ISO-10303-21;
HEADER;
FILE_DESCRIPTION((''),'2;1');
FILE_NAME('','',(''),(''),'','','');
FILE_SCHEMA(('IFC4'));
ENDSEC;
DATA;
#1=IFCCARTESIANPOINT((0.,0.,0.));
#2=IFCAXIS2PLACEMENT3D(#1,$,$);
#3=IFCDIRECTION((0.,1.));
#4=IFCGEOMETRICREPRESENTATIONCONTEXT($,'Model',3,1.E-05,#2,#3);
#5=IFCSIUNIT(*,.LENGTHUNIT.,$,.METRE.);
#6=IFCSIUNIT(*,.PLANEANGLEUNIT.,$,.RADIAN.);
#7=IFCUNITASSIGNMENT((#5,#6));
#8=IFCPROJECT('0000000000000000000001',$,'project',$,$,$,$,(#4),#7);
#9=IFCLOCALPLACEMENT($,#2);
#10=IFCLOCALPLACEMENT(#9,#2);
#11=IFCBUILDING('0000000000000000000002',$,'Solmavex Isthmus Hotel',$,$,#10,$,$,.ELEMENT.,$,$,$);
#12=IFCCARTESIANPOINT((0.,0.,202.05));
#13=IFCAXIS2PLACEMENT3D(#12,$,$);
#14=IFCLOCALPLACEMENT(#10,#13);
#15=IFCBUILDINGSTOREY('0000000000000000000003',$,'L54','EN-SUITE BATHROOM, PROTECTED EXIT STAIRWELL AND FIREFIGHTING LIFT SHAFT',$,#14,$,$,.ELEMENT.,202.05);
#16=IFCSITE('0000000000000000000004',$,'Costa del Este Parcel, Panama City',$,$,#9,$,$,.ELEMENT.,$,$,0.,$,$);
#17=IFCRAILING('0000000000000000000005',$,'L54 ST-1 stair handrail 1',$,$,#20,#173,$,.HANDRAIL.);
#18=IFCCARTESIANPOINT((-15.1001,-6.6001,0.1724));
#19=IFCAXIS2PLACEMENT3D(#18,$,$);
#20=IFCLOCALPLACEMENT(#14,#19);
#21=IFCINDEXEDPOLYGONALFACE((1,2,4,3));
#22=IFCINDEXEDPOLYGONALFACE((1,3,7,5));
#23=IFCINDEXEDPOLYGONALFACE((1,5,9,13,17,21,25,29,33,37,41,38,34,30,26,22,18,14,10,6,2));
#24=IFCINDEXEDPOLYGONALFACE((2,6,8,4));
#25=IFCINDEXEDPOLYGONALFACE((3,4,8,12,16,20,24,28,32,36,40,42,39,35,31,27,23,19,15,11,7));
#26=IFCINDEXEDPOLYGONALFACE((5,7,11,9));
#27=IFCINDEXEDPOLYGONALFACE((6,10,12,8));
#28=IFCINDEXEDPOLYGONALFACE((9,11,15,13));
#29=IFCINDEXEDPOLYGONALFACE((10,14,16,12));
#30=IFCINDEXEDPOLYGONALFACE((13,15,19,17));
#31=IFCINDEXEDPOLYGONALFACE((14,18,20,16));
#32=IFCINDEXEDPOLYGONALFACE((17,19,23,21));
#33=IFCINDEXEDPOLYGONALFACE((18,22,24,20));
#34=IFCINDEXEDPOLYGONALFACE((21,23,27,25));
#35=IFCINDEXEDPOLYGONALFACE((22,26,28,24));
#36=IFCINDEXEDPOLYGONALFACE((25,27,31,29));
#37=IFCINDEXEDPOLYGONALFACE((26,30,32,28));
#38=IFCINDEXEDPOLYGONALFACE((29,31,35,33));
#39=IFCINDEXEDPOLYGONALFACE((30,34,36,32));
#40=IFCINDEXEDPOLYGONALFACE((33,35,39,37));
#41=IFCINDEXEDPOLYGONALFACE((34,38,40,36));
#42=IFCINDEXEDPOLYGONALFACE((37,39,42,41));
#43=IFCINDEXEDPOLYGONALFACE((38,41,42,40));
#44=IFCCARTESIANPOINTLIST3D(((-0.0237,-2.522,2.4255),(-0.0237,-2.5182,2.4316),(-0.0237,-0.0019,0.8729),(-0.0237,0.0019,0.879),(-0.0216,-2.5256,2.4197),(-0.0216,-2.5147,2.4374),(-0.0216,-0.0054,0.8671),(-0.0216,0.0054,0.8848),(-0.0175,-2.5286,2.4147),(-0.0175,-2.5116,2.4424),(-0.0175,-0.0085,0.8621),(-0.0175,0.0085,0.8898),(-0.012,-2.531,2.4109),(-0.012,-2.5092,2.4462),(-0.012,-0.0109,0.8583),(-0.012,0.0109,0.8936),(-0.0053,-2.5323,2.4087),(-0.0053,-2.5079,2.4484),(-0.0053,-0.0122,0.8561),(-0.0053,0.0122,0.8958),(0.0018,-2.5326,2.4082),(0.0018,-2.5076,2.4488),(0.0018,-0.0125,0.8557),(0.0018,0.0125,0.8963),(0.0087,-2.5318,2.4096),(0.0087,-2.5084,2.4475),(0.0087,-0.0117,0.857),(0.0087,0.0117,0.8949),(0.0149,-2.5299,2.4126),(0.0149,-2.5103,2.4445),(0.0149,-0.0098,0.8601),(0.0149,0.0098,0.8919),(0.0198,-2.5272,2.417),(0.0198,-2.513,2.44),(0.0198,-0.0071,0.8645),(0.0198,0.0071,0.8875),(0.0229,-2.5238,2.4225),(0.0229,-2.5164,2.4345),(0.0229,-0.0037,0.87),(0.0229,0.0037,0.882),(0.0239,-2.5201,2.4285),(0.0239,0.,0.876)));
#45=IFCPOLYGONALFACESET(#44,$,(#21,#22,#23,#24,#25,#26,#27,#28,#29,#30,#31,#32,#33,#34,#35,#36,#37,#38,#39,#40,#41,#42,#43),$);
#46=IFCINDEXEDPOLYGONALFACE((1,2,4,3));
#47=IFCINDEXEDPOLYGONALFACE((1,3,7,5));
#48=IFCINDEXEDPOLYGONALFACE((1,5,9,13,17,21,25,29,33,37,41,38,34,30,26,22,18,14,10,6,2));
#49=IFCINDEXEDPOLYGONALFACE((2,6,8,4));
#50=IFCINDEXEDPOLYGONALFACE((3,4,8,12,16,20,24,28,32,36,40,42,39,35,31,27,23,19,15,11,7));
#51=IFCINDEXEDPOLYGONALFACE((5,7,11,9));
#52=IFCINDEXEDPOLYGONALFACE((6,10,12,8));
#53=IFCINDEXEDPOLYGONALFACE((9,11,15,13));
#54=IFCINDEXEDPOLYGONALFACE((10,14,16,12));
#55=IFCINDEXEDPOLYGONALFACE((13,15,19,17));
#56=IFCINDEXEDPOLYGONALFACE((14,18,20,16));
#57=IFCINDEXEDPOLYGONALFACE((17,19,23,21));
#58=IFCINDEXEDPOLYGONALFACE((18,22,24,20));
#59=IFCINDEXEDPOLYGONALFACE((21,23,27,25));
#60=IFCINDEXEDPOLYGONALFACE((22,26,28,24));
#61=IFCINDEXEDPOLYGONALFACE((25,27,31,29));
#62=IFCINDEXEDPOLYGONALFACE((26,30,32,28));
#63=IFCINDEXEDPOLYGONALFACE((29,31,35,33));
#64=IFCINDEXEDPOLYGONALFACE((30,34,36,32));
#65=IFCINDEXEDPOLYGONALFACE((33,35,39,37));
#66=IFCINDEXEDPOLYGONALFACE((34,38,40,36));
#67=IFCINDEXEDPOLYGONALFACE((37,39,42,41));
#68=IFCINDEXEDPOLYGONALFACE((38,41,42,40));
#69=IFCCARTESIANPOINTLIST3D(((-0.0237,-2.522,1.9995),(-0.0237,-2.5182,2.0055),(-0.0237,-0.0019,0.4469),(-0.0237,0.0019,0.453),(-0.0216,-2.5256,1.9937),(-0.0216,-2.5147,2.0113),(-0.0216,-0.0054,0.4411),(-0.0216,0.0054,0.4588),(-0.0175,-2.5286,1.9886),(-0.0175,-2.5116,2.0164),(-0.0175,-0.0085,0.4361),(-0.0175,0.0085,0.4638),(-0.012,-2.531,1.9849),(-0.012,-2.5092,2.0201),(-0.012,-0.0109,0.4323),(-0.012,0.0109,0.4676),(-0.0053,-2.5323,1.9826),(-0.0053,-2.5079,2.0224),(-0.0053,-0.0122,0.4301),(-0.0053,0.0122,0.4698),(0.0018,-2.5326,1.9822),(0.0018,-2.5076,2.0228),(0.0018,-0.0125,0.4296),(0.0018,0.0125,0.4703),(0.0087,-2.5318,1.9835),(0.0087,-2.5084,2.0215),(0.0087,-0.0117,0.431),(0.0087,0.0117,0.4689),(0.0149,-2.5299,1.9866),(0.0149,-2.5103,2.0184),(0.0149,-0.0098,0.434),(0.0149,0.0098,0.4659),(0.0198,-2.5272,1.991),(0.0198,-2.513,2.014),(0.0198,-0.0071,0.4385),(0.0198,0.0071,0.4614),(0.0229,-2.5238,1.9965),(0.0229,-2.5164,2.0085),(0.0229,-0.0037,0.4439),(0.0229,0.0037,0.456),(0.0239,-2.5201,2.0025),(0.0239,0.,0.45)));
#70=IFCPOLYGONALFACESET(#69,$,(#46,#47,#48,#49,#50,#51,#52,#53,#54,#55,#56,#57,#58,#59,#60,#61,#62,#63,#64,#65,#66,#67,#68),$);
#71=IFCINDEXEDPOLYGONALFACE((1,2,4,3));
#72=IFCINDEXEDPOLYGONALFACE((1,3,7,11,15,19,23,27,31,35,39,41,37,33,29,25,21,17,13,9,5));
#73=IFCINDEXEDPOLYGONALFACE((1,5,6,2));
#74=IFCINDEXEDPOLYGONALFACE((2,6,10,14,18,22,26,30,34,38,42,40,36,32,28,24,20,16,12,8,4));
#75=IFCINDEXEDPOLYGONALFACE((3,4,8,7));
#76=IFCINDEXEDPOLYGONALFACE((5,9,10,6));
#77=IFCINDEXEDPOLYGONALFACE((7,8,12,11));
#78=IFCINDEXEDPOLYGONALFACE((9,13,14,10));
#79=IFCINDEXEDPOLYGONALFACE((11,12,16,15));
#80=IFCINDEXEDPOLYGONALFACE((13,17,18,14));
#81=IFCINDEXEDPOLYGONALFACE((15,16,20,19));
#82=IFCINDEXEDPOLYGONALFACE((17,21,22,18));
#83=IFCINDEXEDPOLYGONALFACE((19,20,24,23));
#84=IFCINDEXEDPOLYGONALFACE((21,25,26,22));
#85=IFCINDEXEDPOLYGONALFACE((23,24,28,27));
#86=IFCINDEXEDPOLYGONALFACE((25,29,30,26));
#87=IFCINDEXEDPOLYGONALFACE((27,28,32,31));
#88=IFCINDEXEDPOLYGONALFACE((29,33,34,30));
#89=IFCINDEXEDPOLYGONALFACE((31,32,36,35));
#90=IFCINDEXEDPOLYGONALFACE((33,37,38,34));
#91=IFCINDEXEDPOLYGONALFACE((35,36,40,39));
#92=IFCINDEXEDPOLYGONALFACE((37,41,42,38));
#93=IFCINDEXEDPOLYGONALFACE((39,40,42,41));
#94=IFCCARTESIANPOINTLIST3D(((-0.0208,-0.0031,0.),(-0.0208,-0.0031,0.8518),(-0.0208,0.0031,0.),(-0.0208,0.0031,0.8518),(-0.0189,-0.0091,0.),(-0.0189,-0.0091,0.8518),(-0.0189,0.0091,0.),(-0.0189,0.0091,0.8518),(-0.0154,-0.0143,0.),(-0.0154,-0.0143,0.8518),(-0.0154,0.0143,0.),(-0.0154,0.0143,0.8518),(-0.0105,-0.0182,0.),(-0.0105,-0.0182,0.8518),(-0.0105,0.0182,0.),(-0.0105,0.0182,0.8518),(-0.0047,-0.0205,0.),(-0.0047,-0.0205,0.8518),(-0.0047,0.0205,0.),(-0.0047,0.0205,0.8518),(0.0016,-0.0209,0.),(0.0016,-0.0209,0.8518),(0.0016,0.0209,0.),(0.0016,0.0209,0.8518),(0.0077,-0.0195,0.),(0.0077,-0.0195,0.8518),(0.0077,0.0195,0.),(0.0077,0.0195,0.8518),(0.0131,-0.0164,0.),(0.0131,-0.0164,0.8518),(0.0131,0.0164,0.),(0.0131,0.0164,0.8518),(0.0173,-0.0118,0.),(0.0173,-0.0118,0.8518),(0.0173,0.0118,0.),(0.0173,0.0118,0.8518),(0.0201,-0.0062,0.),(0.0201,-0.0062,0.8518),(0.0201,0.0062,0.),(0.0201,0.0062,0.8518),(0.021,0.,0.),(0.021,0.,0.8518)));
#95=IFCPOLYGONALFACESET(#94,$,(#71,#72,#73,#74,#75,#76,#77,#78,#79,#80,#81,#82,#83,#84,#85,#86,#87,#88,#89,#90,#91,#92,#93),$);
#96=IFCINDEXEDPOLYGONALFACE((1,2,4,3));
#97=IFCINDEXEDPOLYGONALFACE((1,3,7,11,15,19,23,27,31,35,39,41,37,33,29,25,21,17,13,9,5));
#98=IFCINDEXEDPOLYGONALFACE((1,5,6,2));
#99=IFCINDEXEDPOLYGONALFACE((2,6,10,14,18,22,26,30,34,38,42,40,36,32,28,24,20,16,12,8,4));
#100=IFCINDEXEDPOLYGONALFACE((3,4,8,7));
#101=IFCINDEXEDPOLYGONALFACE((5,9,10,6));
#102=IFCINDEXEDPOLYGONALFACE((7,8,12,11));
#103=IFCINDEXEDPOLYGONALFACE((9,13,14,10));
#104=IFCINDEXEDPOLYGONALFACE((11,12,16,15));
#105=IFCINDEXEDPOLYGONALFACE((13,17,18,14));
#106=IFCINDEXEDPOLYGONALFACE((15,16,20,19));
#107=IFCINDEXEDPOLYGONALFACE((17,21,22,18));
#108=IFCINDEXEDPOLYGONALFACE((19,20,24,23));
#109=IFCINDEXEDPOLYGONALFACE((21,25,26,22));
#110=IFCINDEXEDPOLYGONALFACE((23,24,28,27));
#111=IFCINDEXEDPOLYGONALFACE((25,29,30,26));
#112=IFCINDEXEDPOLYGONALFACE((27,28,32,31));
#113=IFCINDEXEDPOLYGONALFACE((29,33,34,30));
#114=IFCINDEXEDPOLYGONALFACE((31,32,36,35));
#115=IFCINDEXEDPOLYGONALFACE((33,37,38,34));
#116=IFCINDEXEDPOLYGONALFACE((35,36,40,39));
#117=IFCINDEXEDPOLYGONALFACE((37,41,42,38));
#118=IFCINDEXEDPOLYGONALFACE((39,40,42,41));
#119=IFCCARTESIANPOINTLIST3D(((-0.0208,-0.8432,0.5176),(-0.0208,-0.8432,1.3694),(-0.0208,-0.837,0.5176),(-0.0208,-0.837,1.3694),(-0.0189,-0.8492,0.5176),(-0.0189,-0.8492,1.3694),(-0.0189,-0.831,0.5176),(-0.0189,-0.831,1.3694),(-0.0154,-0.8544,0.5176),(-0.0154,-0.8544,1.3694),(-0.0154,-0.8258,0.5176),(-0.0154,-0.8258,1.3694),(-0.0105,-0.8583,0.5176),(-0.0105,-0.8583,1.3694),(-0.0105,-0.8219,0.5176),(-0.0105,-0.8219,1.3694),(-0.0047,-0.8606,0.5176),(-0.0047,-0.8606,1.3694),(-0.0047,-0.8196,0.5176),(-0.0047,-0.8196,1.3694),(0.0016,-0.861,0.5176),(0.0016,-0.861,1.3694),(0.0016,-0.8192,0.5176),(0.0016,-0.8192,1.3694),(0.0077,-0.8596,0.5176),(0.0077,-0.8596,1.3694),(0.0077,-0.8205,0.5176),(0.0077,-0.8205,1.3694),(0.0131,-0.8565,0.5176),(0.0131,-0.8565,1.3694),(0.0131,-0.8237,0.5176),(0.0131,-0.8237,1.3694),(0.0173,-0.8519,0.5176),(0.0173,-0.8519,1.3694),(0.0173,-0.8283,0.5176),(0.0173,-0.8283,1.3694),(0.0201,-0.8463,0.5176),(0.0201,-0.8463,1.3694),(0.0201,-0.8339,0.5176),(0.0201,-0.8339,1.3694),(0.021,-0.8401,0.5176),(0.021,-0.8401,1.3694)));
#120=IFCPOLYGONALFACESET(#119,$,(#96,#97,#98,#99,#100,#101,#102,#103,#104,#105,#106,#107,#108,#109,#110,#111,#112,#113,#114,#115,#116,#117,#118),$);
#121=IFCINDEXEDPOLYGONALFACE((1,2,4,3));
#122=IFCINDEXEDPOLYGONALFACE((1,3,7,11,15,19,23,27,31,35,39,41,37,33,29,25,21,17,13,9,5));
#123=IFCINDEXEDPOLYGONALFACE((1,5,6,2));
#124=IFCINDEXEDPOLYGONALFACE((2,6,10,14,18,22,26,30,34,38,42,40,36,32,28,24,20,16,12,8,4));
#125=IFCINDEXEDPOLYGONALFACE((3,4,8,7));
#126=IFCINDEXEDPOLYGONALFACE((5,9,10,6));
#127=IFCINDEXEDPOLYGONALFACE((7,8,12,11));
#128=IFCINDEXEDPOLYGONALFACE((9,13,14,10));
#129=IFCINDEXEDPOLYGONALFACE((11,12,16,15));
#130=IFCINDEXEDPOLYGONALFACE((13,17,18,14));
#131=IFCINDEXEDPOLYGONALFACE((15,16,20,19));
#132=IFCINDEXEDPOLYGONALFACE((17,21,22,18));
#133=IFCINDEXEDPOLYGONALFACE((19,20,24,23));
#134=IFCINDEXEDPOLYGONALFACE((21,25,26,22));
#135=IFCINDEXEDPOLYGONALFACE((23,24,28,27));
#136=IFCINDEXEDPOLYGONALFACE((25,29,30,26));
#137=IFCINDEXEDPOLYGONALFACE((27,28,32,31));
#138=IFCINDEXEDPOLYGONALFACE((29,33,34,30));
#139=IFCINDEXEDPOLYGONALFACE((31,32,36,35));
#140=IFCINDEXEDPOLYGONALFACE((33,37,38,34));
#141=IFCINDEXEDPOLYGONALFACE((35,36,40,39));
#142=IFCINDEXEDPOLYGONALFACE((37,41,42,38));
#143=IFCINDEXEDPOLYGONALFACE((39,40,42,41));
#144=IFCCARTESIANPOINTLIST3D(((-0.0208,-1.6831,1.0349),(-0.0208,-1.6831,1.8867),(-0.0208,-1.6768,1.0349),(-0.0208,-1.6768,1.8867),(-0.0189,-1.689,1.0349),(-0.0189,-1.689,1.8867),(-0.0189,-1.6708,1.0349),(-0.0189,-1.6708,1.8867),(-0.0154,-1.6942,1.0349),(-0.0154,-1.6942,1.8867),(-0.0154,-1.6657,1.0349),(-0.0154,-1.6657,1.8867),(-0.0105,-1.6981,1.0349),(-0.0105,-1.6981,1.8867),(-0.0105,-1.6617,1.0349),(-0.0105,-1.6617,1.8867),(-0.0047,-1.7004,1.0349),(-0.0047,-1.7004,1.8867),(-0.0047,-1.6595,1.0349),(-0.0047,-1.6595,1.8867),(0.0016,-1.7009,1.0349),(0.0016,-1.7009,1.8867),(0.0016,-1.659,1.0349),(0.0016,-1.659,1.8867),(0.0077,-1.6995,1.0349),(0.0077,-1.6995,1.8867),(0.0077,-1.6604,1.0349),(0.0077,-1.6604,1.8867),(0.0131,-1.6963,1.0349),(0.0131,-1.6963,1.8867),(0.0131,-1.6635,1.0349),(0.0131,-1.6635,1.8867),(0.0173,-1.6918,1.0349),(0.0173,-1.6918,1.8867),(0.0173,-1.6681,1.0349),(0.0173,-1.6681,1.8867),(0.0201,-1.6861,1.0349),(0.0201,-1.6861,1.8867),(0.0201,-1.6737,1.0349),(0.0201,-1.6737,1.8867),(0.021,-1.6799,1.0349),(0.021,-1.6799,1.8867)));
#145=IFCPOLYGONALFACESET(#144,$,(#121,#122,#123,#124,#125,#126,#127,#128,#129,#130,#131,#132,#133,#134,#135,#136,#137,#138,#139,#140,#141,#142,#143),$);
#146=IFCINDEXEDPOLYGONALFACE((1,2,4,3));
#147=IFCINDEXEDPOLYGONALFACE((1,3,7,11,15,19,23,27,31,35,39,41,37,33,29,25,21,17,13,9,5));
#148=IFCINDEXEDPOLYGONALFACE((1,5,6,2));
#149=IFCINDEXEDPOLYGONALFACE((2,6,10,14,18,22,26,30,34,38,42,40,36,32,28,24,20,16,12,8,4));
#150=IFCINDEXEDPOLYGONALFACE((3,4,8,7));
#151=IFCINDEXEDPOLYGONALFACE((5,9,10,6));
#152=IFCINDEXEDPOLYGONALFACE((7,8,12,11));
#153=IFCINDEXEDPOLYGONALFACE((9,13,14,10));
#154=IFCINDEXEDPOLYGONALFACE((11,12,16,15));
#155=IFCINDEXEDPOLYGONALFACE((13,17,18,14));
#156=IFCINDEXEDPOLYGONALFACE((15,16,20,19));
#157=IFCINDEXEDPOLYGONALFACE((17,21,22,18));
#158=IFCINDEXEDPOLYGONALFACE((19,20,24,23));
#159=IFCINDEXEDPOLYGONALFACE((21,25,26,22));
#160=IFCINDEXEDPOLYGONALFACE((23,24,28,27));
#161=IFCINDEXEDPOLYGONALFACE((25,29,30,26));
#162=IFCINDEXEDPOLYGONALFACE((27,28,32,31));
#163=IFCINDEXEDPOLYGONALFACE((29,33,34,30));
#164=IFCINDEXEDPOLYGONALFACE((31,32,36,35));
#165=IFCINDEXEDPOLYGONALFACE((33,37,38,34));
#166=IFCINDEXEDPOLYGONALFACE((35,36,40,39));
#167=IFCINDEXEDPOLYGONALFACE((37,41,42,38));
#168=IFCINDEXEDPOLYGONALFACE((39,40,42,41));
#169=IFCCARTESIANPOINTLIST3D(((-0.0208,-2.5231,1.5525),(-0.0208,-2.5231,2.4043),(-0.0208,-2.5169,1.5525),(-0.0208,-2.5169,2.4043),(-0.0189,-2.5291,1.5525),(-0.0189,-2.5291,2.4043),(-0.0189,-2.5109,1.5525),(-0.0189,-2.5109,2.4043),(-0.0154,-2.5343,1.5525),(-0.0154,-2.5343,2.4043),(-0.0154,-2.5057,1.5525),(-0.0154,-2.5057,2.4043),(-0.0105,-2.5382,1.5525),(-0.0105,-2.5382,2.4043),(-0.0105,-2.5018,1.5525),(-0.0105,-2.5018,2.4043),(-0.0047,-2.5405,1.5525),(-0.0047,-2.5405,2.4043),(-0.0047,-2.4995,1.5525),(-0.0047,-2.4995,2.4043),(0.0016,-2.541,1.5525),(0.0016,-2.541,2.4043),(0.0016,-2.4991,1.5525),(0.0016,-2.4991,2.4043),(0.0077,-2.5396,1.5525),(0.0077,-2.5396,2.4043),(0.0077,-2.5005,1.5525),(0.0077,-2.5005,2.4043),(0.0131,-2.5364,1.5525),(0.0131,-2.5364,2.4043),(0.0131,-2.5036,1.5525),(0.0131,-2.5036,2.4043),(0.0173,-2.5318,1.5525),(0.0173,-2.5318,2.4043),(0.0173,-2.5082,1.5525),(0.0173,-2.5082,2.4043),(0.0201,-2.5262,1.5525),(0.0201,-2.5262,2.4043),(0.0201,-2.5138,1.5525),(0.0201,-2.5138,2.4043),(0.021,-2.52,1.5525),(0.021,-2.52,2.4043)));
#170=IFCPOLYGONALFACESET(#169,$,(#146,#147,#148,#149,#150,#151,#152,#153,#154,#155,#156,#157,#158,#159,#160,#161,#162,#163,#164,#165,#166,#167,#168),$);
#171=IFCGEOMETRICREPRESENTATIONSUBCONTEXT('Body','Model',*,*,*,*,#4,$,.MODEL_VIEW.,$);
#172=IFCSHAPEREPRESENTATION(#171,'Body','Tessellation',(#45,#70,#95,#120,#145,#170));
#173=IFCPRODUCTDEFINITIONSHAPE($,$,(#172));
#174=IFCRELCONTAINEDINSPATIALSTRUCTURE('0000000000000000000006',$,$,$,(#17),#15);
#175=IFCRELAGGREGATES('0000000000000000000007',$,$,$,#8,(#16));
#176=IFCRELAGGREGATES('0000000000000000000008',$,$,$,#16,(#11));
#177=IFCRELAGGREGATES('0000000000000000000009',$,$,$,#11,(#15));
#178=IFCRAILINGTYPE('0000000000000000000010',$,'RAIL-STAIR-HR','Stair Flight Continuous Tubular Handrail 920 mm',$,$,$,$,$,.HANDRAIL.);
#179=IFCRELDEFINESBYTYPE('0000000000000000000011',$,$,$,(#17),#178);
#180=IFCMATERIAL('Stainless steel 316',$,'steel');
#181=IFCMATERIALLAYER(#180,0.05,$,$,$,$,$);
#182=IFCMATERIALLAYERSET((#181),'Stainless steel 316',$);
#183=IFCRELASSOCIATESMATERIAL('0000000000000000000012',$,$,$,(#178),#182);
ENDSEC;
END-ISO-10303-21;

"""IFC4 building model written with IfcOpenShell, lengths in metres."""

from ifc_helpers import new_model, si_unit, direction, frame, origin, origin_2d, place, context, subcontext, project, spatial, circle, extrude, material, layer, layer_set, type_object, element, save


model = new_model("IFC4")

# Units and contexts
model_context = context("Model", 3, precision=1e-05, world=origin(), true_north=direction((0.0, 1.0)))
body_context = subcontext(model_context, "Body", "Model", "MODEL_VIEW")
ifc_project = project(units=[si_unit("LENGTHUNIT", "METRE"), si_unit("PLANEANGLEUNIT", "RADIAN")], contexts=[model_context])

# Site, building, storey
site_placement = place(None, origin())
site = spatial("IfcSite", under=ifc_project, at=site_placement, Name="Costa del Este Parcel, Panama City", CompositionType="ELEMENT", RefElevation=0.0)
building_placement = place(site_placement, origin())
building = spatial("IfcBuilding", under=site, at=building_placement, Name="Solmavex Isthmus Hotel", CompositionType="ELEMENT")
storey_placement = place(building_placement, frame((0.0, 0.0, 202.05)))
storey = spatial("IfcBuildingStorey", under=building, at=storey_placement, Name="L54", Description="EN-SUITE BATHROOM, PROTECTED EXIT STAIRWELL AND FIREFIGHTING LIFT SHAFT", CompositionType="ELEMENT", Elevation=202.05)

# Railing
ifc_material_1 = material(Name="Stainless steel 316", Category="steel")
ifc_layer_1 = layer(ifc_material_1, 0.05)
ifc_layer_set_1 = layer_set([ifc_layer_1], Name="Stainless steel 316")
railing_type_1 = type_object("IfcRailingType", Name="RAIL-STAIR-HR", Description="Stair Flight Continuous Tubular Handrail 920 mm", PredefinedType="HANDRAIL", material=ifc_layer_set_1)
railing_1_placement = place(storey_placement, frame((-15.1001, -6.6001, 0.1724)))
element("IfcRailing", 1, at=railing_1_placement, inside=storey, type_object=railing_type_1, Name="L54 ST-1 stair handrail 1", PredefinedType="HANDRAIL", context=body_context, shape_type="SweptSolid", body=[
    extrude(circle(Radius=0.0239, at=origin_2d()), frame((0.0, 0.0, 0.876), z_axis=(0.0, -0.8514, 0.524516), x_axis=(1.0, 0.0, 0.0)), (0.0, 0.0, 1.0), 2.96),
    extrude(circle(Radius=0.0239, at=origin_2d()), frame((0.0, 0.0, 0.45), z_axis=(0.0, -0.8514, 0.524516), x_axis=(1.0, 0.0, 0.0)), (0.0, 0.0, 1.0), 2.96),
    extrude(circle(Radius=0.021, at=origin_2d()), origin(), (0.0, 0.0, 1.0), 0.8518),
    extrude(circle(Radius=0.021, at=origin_2d()), frame((0.0, -0.8401, 0.5176)), (0.0, 0.0, 1.0), 0.8518),
    extrude(circle(Radius=0.021, at=origin_2d()), frame((0.0, -1.6799, 1.0349)), (0.0, 0.0, 1.0), 0.8518),
    extrude(circle(Radius=0.021, at=origin_2d()), frame((0.0, -2.52, 1.5525)), (0.0, 0.0, 1.0), 0.8518),
])

save(model, "model.ifc")
